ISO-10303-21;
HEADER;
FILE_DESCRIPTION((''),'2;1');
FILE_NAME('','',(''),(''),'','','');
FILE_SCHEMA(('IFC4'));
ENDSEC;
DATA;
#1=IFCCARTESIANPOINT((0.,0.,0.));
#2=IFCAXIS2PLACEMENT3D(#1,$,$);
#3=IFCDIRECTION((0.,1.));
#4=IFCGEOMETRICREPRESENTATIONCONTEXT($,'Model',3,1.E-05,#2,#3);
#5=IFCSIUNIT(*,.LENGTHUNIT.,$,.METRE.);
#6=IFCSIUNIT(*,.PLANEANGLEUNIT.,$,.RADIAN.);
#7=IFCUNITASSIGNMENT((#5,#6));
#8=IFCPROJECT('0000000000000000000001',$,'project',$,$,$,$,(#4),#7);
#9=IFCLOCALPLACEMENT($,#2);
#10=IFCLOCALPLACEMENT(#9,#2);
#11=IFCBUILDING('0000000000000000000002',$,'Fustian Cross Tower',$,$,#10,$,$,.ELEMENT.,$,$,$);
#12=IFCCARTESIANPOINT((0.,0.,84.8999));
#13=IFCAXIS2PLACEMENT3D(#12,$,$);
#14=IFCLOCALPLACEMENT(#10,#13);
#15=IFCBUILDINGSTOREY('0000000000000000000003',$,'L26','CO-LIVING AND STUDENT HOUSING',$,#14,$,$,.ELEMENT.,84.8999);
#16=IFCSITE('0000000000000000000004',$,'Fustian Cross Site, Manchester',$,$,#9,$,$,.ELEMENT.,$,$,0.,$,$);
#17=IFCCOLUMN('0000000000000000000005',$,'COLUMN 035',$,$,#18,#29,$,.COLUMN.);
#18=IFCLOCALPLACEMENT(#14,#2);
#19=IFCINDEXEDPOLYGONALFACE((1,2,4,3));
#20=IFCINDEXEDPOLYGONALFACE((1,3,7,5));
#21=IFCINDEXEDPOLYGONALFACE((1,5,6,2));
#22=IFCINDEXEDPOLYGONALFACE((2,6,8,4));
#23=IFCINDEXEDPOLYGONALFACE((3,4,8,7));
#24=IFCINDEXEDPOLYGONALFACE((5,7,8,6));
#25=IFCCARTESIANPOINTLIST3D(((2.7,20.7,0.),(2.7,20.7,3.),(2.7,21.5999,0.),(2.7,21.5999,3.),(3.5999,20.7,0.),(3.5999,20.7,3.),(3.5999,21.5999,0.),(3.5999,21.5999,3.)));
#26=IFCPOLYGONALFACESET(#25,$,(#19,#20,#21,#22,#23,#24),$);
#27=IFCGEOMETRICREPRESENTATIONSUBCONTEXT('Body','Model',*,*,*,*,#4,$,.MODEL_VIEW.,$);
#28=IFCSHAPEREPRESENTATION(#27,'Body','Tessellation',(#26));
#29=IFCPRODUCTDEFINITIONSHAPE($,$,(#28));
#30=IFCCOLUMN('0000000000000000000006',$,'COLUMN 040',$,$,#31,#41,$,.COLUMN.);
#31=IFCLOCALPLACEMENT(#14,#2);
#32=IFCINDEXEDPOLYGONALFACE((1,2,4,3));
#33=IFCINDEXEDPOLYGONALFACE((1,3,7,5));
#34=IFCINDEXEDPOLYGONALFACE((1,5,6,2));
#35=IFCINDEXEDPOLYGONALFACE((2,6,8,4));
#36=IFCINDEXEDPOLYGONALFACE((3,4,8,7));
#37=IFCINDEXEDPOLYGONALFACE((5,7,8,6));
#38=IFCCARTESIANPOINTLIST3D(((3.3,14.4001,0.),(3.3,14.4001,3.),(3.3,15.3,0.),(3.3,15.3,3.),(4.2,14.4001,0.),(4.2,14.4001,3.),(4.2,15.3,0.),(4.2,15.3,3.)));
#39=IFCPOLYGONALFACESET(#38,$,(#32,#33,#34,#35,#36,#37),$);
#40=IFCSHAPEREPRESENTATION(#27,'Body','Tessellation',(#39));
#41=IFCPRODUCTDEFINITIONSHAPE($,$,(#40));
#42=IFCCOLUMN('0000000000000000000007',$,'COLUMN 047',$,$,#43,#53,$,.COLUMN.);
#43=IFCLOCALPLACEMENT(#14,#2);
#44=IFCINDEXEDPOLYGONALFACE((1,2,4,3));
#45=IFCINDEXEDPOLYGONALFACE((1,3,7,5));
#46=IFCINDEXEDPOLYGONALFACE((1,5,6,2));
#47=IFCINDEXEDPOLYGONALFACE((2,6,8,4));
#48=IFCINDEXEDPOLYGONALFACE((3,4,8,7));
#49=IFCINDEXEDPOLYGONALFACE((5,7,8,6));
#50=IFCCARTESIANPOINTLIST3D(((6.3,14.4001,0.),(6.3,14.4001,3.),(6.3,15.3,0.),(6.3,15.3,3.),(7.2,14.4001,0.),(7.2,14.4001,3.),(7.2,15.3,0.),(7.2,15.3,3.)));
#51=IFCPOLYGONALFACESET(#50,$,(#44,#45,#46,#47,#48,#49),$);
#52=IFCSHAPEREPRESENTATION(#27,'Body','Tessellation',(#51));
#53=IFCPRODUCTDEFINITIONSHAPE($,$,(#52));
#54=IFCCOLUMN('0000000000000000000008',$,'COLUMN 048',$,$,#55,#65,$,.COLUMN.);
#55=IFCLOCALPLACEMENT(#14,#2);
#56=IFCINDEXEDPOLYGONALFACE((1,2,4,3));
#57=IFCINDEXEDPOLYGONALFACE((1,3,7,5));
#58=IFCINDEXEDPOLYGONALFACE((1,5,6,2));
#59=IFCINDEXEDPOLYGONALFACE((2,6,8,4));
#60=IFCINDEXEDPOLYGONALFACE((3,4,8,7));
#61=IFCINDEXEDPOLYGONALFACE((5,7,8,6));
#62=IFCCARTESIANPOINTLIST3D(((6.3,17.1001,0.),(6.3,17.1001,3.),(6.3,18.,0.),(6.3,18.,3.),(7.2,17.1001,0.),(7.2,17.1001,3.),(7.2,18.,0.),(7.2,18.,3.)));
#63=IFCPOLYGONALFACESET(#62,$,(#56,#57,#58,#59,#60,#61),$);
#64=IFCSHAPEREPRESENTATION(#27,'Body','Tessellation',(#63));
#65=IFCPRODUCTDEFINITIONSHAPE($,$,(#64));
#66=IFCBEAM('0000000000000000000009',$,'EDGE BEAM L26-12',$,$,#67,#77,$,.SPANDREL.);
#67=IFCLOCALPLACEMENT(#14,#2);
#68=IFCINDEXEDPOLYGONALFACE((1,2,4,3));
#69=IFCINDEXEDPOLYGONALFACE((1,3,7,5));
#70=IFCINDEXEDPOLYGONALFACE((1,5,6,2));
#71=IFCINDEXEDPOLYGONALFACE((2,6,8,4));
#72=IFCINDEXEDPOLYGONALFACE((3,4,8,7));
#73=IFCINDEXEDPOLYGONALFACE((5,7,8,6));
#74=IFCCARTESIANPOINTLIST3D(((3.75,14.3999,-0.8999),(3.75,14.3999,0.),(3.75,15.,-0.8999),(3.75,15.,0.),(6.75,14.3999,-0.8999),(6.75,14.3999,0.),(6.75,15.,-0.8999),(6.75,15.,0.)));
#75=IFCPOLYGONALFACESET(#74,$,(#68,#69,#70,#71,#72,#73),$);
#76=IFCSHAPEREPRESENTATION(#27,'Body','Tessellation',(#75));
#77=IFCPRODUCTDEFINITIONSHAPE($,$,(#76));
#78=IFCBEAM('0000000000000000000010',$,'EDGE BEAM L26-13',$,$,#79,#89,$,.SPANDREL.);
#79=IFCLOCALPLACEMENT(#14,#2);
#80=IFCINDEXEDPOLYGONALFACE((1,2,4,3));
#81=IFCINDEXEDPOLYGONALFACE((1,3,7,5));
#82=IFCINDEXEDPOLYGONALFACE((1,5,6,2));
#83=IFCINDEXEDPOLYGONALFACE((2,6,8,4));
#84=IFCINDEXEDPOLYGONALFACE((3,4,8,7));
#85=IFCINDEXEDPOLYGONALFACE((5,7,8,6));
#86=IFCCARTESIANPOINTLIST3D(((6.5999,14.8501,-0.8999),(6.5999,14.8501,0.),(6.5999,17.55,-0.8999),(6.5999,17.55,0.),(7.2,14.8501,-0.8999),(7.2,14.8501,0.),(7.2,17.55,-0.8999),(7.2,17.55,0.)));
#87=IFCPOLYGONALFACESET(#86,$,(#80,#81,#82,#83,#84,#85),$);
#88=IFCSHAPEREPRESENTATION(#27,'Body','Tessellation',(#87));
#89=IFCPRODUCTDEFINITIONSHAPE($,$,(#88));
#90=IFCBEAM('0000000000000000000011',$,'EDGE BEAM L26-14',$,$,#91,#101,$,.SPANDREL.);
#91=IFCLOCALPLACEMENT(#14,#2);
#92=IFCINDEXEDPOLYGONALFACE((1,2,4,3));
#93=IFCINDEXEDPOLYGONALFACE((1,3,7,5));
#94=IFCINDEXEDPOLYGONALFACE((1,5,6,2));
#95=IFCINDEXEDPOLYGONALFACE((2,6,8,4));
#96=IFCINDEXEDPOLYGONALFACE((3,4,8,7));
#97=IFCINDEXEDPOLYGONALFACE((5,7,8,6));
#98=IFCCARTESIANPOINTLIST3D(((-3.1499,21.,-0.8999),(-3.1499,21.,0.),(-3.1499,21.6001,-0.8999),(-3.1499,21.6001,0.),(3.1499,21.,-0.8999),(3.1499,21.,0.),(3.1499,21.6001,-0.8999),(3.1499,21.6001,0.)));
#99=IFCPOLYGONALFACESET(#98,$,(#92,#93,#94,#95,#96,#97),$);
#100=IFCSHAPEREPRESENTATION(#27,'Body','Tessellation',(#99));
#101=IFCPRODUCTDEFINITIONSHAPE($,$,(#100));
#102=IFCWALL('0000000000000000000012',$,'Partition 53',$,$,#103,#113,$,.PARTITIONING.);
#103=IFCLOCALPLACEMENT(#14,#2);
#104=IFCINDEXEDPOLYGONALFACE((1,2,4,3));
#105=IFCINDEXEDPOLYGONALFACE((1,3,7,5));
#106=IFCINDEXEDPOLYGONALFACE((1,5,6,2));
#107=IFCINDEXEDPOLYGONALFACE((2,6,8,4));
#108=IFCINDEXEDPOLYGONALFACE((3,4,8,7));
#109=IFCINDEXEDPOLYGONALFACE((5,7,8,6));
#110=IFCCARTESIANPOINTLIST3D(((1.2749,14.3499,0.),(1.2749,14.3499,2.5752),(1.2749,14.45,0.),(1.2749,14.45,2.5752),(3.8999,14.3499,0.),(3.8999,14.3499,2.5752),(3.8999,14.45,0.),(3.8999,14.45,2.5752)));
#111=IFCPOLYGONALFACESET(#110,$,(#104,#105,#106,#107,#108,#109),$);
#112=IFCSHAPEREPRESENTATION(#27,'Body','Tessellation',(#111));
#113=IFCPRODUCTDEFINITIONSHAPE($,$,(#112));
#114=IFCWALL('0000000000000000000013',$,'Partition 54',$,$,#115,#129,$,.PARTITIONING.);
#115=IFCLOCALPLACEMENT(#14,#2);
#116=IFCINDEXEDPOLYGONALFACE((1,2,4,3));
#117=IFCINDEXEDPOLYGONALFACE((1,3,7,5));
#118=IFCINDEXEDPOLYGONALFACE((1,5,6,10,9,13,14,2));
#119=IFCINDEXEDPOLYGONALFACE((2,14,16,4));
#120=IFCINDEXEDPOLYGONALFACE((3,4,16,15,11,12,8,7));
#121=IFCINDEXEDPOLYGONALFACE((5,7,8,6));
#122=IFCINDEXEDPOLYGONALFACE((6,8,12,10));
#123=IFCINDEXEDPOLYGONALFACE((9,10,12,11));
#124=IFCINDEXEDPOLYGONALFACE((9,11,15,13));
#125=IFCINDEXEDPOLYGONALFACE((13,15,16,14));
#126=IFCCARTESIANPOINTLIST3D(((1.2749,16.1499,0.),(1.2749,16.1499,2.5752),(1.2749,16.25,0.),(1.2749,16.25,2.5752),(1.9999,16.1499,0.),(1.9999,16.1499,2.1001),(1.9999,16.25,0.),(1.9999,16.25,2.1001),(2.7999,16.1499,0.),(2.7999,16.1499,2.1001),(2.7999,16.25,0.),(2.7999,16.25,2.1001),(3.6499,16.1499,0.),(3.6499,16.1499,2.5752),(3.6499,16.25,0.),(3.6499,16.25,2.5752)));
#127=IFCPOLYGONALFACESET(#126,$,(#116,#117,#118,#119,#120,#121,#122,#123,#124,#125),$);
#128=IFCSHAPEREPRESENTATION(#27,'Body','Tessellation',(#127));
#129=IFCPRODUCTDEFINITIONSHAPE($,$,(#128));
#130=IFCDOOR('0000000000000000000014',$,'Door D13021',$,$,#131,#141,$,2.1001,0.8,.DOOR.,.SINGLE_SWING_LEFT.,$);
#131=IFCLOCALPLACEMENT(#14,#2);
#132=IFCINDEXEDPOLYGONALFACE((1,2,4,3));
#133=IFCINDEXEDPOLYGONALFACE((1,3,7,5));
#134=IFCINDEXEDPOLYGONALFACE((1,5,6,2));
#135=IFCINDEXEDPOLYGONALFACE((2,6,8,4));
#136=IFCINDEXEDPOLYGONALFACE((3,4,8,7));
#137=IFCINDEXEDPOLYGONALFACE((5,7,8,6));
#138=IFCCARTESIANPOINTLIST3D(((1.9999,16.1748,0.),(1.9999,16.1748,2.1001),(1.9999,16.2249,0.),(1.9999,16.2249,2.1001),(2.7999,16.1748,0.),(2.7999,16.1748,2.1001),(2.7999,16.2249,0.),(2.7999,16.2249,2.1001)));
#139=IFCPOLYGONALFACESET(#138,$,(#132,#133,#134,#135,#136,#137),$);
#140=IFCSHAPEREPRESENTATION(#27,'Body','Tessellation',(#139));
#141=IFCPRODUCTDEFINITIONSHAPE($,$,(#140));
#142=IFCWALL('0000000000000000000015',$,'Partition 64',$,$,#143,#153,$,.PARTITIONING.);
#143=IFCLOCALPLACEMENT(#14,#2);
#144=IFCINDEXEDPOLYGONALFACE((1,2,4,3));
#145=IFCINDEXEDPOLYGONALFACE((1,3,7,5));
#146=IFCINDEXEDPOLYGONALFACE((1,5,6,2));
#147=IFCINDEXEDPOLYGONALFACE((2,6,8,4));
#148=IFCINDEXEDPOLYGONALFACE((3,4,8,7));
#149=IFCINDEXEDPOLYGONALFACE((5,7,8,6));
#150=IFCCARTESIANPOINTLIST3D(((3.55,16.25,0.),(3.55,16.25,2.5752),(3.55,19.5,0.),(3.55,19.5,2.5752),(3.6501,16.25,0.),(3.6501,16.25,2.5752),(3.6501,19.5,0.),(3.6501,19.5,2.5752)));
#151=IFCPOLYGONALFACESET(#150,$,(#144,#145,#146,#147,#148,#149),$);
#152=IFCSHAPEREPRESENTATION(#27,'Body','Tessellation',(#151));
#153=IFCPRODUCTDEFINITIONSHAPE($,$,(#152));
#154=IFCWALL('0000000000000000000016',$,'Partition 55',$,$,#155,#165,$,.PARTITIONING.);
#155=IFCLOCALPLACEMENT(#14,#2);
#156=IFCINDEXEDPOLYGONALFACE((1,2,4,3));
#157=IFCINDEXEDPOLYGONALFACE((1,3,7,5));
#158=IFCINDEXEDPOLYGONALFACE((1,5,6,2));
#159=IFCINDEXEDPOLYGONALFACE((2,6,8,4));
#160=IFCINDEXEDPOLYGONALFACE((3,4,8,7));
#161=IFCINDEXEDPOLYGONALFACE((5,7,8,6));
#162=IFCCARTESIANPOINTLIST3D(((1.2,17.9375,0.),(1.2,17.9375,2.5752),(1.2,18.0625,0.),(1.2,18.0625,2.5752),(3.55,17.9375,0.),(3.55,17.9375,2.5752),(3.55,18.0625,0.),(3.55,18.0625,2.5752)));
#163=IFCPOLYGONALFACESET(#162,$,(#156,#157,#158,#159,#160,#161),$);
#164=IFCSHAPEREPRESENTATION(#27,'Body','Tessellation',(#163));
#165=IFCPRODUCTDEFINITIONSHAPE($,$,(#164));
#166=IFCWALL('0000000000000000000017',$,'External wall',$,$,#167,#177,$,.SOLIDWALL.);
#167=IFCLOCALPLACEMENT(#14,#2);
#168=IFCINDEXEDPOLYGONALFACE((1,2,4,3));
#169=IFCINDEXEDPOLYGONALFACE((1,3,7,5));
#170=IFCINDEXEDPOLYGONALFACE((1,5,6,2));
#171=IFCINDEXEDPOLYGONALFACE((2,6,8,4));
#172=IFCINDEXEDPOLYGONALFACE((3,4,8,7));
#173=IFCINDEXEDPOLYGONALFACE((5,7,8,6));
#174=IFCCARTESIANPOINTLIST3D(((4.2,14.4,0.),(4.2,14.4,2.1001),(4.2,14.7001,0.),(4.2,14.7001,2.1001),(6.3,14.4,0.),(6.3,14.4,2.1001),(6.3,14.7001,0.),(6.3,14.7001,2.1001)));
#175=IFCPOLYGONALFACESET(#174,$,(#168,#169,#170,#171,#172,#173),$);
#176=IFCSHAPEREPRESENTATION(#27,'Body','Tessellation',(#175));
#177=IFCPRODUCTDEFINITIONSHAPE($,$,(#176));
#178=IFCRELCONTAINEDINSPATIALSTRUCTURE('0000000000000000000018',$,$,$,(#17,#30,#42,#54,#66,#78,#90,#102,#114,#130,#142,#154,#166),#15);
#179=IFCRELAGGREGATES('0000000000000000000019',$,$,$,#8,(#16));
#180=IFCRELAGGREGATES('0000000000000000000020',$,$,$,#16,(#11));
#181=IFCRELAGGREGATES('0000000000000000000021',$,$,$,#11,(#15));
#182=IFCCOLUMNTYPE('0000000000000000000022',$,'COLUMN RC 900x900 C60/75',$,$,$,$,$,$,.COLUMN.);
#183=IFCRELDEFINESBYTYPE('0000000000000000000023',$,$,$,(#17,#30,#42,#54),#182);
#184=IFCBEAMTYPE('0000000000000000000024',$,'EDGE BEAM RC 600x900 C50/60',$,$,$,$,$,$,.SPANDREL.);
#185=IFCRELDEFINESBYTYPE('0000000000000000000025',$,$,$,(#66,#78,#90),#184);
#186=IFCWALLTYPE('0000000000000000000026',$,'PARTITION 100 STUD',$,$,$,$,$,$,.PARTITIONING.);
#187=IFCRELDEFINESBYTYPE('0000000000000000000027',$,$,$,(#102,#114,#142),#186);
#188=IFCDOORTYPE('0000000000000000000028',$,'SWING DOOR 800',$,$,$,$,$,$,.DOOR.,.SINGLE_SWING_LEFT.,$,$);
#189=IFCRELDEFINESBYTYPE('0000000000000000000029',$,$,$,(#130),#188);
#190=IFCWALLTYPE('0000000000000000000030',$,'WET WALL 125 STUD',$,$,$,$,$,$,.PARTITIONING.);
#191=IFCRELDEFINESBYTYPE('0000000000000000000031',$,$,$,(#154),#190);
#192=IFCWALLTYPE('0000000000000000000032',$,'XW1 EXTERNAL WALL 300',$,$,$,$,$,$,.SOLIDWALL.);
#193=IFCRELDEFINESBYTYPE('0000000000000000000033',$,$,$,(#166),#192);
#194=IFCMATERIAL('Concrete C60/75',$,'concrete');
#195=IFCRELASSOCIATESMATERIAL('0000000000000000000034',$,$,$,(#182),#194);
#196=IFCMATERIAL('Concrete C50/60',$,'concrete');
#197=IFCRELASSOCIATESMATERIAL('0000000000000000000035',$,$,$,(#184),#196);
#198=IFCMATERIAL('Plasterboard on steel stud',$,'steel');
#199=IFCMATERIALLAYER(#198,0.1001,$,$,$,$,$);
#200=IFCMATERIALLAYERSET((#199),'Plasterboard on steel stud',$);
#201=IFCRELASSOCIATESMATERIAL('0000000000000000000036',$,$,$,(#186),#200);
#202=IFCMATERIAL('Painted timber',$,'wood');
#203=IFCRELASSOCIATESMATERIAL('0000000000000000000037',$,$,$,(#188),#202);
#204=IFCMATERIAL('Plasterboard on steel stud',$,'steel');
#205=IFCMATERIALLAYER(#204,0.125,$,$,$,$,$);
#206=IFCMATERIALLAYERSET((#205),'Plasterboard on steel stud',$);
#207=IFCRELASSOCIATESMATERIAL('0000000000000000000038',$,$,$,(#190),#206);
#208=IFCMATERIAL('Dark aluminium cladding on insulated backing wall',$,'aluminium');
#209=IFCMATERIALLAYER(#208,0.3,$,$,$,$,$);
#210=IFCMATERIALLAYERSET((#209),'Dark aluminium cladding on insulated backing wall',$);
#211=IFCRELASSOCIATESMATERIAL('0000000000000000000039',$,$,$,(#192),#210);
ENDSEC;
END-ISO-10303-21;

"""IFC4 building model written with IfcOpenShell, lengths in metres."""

from ifc_helpers import new_model, si_unit, direction, frame, frame_2d, origin, origin_2d, place, context, subcontext, project, spatial, rectangle, extrude, material, layer, layer_set, material_profile, profile_set, type_object, element, fill, save


model = new_model("IFC4")

# Units and contexts
model_context = context("Model", 3, precision=1e-05, world=origin(), true_north=direction((0.0, 1.0)))
body_context = subcontext(model_context, "Body", "Model", "MODEL_VIEW")
ifc_project = project(units=[si_unit("LENGTHUNIT", "METRE"), si_unit("PLANEANGLEUNIT", "RADIAN")], contexts=[model_context])

# Site, building, storey
site_placement = place(None, origin())
site = spatial("IfcSite", under=ifc_project, at=site_placement, Name="Fustian Cross Site, Manchester", CompositionType="ELEMENT", RefElevation=0.0)
building_placement = place(site_placement, origin())
building = spatial("IfcBuilding", under=site, at=building_placement, Name="Fustian Cross Tower", CompositionType="ELEMENT")
storey_placement = place(building_placement, frame((0.0, 0.0, 84.8999)))
storey = spatial("IfcBuildingStorey", under=building, at=storey_placement, Name="L26", Description="CO-LIVING AND STUDENT HOUSING", CompositionType="ELEMENT", Elevation=84.8999)

# Columns
ifc_material_1 = material(Name="Concrete C60/75", Category="concrete")
ifc_material_profile_1 = material_profile(ifc_material_1, rectangle(XDim=0.8999, YDim=0.8999, at=origin_2d()), Name="RC 900x900")
ifc_profile_set_1 = profile_set([ifc_material_profile_1], Name="Concrete C60/75")
column_type = type_object("IfcColumnType", Name="COLUMN RC 900x900 C60/75", PredefinedType="COLUMN", material=ifc_profile_set_1)
for number, where, z_axis, x_axis, name in (
    (1, (3.1499, 21.1499, 0.0), (0.0, 0.0, 1.0), (1.0, 0.0, 0.0), "COLUMN 035"),
    (2, (3.75, 14.8501, 0.0), (0.0, 0.0, 1.0), (1.0, 0.0, 0.0), "COLUMN 040"),
    (3, (6.75, 14.8501, 0.0), (0.0, 0.0, 1.0), (1.0, 0.0, 0.0), "COLUMN 047"),
    (4, (6.75, 17.55, 0.0), (0.0, 0.0, 1.0), (1.0, 0.0, 0.0), "COLUMN 048"),
):
    element("IfcColumn", number, at=place(storey_placement, frame(where, z_axis=z_axis, x_axis=x_axis)), inside=storey, type_object=column_type, Name=name, PredefinedType="COLUMN", context=body_context, shape_type="SweptSolid", body=[
        extrude(rectangle(XDim=0.8999, YDim=0.8999, at=origin_2d()), origin(), (0.0, 0.0, 1.0), 3.0),
    ])

# Beams
ifc_material_2 = material(Name="Concrete C50/60", Category="concrete")
ifc_material_profile_2 = material_profile(ifc_material_2, rectangle(XDim=0.6001, YDim=0.8999, at=origin_2d()), Name="RC 600x900")
ifc_profile_set_2 = profile_set([ifc_material_profile_2], Name="Concrete C50/60")
beam_type = type_object("IfcBeamType", Name="EDGE BEAM RC 600x900 C50/60", PredefinedType="SPANDREL", material=ifc_profile_set_2)
beam_1_placement = place(storey_placement, frame((3.75, 14.7, -0.45), z_axis=(1.0, 0.0, 0.0), x_axis=(0.0, 1.0, 0.0)))
element("IfcBeam", 5, at=beam_1_placement, inside=storey, type_object=beam_type, Name="EDGE BEAM L26-12", PredefinedType="SPANDREL", context=body_context, shape_type="SweptSolid", body=[
    extrude(rectangle(XDim=0.6001, YDim=0.8999, at=origin_2d()), origin(), (0.0, 0.0, 1.0), 3.0),
])
beam_2_placement = place(storey_placement, frame((6.8999, 14.8501, -0.45), z_axis=(0.0, 1.0, 0.0), x_axis=(-1.0, 0.0, 0.0)))
element("IfcBeam", 6, at=beam_2_placement, inside=storey, type_object=beam_type, Name="EDGE BEAM L26-13", PredefinedType="SPANDREL", context=body_context, shape_type="SweptSolid", body=[
    extrude(rectangle(XDim=0.6001, YDim=0.8999, at=origin_2d()), origin(), (0.0, 0.0, 1.0), 2.7),
])
beam_3_placement = place(storey_placement, frame((3.1499, 21.3, -0.45), z_axis=(-1.0, 0.0, 0.0), x_axis=(0.0, -1.0, 0.0)))
element("IfcBeam", 7, at=beam_3_placement, inside=storey, type_object=beam_type, Name="EDGE BEAM L26-14", PredefinedType="SPANDREL", context=body_context, shape_type="SweptSolid", body=[
    extrude(rectangle(XDim=0.6001, YDim=0.8999, at=origin_2d()), origin(), (0.0, 0.0, 1.0), 6.2998),
])

# Wall
ifc_material_3 = material(Name="Plasterboard on steel stud", Category="steel")
ifc_layer_1 = layer(ifc_material_3, 0.1001)
ifc_layer_set_1 = layer_set([ifc_layer_1], Name="Plasterboard on steel stud")
wall_type_1 = type_object("IfcWallType", Name="PARTITION 100 STUD", PredefinedType="PARTITIONING", material=ifc_layer_set_1)
wall_1_placement = place(storey_placement, frame((1.2749, 14.3999, 0.0), z_axis=(0.0, 0.0, 1.0), x_axis=(1.0, 0.0, 0.0)))
element("IfcWall", 8, at=wall_1_placement, inside=storey, type_object=wall_type_1, Name="Partition 53", PredefinedType="PARTITIONING", context=body_context, shape_type="SweptSolid", body=[
    extrude(rectangle(XDim=2.625, YDim=0.1001, at=frame_2d((1.3125, 0.0))), origin(), (0.0, 0.0, 1.0), 2.5752),
])

# Wall, opening, door
wall_2_placement = place(storey_placement, frame((1.2749, 16.2, 0.0), z_axis=(0.0, 0.0, 1.0), x_axis=(1.0, 0.0, 0.0)))
wall_2 = element("IfcWall", 9, at=wall_2_placement, inside=storey, type_object=wall_type_1, Name="Partition 54", PredefinedType="PARTITIONING", context=body_context, shape_type="SweptSolid", body=[
    extrude(rectangle(XDim=2.375, YDim=0.1001, at=frame_2d((1.1875, 0.0))), origin(), (0.0, 0.0, 1.0), 2.5752),
])
opening_1_placement = place(wall_2_placement, frame((0.7251, 0.0, 0.0)))
opening_1 = element("IfcOpeningElement", 10, at=opening_1_placement, cuts=wall_2, PredefinedType="OPENING", context=body_context, shape_type="SweptSolid", body=[
    extrude(rectangle(XDim=0.8, YDim=2.1001, at=frame_2d((0.3999, 1.05))), frame((0.0, 0.0601, 0.0), z_axis=(0.0, -1.0, 0.0), x_axis=(1.0, 0.0, 0.0)), (0.0, 0.0, 1.0), 0.1201),
])
ifc_material_4 = material(Name="Painted timber", Category="wood")
door_type = type_object("IfcDoorType", Name="SWING DOOR 800", OperationType="SINGLE_SWING_LEFT", PredefinedType="DOOR", material=ifc_material_4)
door_placement = place(opening_1_placement, origin())
door = element("IfcDoor", 11, at=door_placement, inside=storey, type_object=door_type, Name="Door D13021", OperationType="SINGLE_SWING_LEFT", OverallHeight=2.1001, OverallWidth=0.8, PredefinedType="DOOR", context=body_context, shape_type="SweptSolid", body=[
    extrude(rectangle(XDim=0.8, YDim=2.1001, at=frame_2d((0.3999, 1.05))), frame((0.0, 0.0249, 0.0), z_axis=(0.0, -1.0, 0.0), x_axis=(1.0, 0.0, 0.0)), (0.0, 0.0, 1.0), 0.05),
])
fill(opening_1, door)

# Walls
wall_3_placement = place(storey_placement, frame((3.6001, 16.25, 0.0), z_axis=(0.0, 0.0, 1.0), x_axis=(0.0, 1.0, 0.0)))
element("IfcWall", 12, at=wall_3_placement, inside=storey, type_object=wall_type_1, Name="Partition 64", PredefinedType="PARTITIONING", context=body_context, shape_type="SweptSolid", body=[
    extrude(rectangle(XDim=3.25, YDim=0.1001, at=frame_2d((1.625, 0.0))), origin(), (0.0, 0.0, 1.0), 2.5752),
])
ifc_material_5 = material(Name="Plasterboard on steel stud", Category="steel")
ifc_layer_2 = layer(ifc_material_5, 0.125)
ifc_layer_set_2 = layer_set([ifc_layer_2], Name="Plasterboard on steel stud")
wall_type_2 = type_object("IfcWallType", Name="WET WALL 125 STUD", PredefinedType="PARTITIONING", material=ifc_layer_set_2)
wall_4_placement = place(storey_placement, frame((1.2, 18.0, 0.0), z_axis=(0.0, 0.0, 1.0), x_axis=(1.0, 0.0, 0.0)))
element("IfcWall", 13, at=wall_4_placement, inside=storey, type_object=wall_type_2, Name="Partition 55", PredefinedType="PARTITIONING", context=body_context, shape_type="SweptSolid", body=[
    extrude(rectangle(XDim=2.3501, YDim=0.125, at=frame_2d((1.175, 0.0))), origin(), (0.0, 0.0, 1.0), 2.5752),
])
ifc_material_6 = material(Name="Dark aluminium cladding on insulated backing wall", Category="aluminium")
ifc_layer_3 = layer(ifc_material_6, 0.3)
ifc_layer_set_3 = layer_set([ifc_layer_3], Name="Dark aluminium cladding on insulated backing wall")
wall_type_3 = type_object("IfcWallType", Name="XW1 EXTERNAL WALL 300", PredefinedType="SOLIDWALL", material=ifc_layer_set_3)
wall_5_placement = place(storey_placement, frame((4.2, 14.55, 0.0), z_axis=(0.0, 0.0, 1.0), x_axis=(1.0, 0.0, 0.0)))
element("IfcWall", 14, at=wall_5_placement, inside=storey, type_object=wall_type_3, Name="External wall", PredefinedType="SOLIDWALL", context=body_context, shape_type="SweptSolid", body=[
    extrude(rectangle(XDim=2.1001, YDim=0.3, at=frame_2d((1.05, 0.0))), origin(), (0.0, 0.0, 1.0), 2.1001),
])

save(model, "model.ifc")
